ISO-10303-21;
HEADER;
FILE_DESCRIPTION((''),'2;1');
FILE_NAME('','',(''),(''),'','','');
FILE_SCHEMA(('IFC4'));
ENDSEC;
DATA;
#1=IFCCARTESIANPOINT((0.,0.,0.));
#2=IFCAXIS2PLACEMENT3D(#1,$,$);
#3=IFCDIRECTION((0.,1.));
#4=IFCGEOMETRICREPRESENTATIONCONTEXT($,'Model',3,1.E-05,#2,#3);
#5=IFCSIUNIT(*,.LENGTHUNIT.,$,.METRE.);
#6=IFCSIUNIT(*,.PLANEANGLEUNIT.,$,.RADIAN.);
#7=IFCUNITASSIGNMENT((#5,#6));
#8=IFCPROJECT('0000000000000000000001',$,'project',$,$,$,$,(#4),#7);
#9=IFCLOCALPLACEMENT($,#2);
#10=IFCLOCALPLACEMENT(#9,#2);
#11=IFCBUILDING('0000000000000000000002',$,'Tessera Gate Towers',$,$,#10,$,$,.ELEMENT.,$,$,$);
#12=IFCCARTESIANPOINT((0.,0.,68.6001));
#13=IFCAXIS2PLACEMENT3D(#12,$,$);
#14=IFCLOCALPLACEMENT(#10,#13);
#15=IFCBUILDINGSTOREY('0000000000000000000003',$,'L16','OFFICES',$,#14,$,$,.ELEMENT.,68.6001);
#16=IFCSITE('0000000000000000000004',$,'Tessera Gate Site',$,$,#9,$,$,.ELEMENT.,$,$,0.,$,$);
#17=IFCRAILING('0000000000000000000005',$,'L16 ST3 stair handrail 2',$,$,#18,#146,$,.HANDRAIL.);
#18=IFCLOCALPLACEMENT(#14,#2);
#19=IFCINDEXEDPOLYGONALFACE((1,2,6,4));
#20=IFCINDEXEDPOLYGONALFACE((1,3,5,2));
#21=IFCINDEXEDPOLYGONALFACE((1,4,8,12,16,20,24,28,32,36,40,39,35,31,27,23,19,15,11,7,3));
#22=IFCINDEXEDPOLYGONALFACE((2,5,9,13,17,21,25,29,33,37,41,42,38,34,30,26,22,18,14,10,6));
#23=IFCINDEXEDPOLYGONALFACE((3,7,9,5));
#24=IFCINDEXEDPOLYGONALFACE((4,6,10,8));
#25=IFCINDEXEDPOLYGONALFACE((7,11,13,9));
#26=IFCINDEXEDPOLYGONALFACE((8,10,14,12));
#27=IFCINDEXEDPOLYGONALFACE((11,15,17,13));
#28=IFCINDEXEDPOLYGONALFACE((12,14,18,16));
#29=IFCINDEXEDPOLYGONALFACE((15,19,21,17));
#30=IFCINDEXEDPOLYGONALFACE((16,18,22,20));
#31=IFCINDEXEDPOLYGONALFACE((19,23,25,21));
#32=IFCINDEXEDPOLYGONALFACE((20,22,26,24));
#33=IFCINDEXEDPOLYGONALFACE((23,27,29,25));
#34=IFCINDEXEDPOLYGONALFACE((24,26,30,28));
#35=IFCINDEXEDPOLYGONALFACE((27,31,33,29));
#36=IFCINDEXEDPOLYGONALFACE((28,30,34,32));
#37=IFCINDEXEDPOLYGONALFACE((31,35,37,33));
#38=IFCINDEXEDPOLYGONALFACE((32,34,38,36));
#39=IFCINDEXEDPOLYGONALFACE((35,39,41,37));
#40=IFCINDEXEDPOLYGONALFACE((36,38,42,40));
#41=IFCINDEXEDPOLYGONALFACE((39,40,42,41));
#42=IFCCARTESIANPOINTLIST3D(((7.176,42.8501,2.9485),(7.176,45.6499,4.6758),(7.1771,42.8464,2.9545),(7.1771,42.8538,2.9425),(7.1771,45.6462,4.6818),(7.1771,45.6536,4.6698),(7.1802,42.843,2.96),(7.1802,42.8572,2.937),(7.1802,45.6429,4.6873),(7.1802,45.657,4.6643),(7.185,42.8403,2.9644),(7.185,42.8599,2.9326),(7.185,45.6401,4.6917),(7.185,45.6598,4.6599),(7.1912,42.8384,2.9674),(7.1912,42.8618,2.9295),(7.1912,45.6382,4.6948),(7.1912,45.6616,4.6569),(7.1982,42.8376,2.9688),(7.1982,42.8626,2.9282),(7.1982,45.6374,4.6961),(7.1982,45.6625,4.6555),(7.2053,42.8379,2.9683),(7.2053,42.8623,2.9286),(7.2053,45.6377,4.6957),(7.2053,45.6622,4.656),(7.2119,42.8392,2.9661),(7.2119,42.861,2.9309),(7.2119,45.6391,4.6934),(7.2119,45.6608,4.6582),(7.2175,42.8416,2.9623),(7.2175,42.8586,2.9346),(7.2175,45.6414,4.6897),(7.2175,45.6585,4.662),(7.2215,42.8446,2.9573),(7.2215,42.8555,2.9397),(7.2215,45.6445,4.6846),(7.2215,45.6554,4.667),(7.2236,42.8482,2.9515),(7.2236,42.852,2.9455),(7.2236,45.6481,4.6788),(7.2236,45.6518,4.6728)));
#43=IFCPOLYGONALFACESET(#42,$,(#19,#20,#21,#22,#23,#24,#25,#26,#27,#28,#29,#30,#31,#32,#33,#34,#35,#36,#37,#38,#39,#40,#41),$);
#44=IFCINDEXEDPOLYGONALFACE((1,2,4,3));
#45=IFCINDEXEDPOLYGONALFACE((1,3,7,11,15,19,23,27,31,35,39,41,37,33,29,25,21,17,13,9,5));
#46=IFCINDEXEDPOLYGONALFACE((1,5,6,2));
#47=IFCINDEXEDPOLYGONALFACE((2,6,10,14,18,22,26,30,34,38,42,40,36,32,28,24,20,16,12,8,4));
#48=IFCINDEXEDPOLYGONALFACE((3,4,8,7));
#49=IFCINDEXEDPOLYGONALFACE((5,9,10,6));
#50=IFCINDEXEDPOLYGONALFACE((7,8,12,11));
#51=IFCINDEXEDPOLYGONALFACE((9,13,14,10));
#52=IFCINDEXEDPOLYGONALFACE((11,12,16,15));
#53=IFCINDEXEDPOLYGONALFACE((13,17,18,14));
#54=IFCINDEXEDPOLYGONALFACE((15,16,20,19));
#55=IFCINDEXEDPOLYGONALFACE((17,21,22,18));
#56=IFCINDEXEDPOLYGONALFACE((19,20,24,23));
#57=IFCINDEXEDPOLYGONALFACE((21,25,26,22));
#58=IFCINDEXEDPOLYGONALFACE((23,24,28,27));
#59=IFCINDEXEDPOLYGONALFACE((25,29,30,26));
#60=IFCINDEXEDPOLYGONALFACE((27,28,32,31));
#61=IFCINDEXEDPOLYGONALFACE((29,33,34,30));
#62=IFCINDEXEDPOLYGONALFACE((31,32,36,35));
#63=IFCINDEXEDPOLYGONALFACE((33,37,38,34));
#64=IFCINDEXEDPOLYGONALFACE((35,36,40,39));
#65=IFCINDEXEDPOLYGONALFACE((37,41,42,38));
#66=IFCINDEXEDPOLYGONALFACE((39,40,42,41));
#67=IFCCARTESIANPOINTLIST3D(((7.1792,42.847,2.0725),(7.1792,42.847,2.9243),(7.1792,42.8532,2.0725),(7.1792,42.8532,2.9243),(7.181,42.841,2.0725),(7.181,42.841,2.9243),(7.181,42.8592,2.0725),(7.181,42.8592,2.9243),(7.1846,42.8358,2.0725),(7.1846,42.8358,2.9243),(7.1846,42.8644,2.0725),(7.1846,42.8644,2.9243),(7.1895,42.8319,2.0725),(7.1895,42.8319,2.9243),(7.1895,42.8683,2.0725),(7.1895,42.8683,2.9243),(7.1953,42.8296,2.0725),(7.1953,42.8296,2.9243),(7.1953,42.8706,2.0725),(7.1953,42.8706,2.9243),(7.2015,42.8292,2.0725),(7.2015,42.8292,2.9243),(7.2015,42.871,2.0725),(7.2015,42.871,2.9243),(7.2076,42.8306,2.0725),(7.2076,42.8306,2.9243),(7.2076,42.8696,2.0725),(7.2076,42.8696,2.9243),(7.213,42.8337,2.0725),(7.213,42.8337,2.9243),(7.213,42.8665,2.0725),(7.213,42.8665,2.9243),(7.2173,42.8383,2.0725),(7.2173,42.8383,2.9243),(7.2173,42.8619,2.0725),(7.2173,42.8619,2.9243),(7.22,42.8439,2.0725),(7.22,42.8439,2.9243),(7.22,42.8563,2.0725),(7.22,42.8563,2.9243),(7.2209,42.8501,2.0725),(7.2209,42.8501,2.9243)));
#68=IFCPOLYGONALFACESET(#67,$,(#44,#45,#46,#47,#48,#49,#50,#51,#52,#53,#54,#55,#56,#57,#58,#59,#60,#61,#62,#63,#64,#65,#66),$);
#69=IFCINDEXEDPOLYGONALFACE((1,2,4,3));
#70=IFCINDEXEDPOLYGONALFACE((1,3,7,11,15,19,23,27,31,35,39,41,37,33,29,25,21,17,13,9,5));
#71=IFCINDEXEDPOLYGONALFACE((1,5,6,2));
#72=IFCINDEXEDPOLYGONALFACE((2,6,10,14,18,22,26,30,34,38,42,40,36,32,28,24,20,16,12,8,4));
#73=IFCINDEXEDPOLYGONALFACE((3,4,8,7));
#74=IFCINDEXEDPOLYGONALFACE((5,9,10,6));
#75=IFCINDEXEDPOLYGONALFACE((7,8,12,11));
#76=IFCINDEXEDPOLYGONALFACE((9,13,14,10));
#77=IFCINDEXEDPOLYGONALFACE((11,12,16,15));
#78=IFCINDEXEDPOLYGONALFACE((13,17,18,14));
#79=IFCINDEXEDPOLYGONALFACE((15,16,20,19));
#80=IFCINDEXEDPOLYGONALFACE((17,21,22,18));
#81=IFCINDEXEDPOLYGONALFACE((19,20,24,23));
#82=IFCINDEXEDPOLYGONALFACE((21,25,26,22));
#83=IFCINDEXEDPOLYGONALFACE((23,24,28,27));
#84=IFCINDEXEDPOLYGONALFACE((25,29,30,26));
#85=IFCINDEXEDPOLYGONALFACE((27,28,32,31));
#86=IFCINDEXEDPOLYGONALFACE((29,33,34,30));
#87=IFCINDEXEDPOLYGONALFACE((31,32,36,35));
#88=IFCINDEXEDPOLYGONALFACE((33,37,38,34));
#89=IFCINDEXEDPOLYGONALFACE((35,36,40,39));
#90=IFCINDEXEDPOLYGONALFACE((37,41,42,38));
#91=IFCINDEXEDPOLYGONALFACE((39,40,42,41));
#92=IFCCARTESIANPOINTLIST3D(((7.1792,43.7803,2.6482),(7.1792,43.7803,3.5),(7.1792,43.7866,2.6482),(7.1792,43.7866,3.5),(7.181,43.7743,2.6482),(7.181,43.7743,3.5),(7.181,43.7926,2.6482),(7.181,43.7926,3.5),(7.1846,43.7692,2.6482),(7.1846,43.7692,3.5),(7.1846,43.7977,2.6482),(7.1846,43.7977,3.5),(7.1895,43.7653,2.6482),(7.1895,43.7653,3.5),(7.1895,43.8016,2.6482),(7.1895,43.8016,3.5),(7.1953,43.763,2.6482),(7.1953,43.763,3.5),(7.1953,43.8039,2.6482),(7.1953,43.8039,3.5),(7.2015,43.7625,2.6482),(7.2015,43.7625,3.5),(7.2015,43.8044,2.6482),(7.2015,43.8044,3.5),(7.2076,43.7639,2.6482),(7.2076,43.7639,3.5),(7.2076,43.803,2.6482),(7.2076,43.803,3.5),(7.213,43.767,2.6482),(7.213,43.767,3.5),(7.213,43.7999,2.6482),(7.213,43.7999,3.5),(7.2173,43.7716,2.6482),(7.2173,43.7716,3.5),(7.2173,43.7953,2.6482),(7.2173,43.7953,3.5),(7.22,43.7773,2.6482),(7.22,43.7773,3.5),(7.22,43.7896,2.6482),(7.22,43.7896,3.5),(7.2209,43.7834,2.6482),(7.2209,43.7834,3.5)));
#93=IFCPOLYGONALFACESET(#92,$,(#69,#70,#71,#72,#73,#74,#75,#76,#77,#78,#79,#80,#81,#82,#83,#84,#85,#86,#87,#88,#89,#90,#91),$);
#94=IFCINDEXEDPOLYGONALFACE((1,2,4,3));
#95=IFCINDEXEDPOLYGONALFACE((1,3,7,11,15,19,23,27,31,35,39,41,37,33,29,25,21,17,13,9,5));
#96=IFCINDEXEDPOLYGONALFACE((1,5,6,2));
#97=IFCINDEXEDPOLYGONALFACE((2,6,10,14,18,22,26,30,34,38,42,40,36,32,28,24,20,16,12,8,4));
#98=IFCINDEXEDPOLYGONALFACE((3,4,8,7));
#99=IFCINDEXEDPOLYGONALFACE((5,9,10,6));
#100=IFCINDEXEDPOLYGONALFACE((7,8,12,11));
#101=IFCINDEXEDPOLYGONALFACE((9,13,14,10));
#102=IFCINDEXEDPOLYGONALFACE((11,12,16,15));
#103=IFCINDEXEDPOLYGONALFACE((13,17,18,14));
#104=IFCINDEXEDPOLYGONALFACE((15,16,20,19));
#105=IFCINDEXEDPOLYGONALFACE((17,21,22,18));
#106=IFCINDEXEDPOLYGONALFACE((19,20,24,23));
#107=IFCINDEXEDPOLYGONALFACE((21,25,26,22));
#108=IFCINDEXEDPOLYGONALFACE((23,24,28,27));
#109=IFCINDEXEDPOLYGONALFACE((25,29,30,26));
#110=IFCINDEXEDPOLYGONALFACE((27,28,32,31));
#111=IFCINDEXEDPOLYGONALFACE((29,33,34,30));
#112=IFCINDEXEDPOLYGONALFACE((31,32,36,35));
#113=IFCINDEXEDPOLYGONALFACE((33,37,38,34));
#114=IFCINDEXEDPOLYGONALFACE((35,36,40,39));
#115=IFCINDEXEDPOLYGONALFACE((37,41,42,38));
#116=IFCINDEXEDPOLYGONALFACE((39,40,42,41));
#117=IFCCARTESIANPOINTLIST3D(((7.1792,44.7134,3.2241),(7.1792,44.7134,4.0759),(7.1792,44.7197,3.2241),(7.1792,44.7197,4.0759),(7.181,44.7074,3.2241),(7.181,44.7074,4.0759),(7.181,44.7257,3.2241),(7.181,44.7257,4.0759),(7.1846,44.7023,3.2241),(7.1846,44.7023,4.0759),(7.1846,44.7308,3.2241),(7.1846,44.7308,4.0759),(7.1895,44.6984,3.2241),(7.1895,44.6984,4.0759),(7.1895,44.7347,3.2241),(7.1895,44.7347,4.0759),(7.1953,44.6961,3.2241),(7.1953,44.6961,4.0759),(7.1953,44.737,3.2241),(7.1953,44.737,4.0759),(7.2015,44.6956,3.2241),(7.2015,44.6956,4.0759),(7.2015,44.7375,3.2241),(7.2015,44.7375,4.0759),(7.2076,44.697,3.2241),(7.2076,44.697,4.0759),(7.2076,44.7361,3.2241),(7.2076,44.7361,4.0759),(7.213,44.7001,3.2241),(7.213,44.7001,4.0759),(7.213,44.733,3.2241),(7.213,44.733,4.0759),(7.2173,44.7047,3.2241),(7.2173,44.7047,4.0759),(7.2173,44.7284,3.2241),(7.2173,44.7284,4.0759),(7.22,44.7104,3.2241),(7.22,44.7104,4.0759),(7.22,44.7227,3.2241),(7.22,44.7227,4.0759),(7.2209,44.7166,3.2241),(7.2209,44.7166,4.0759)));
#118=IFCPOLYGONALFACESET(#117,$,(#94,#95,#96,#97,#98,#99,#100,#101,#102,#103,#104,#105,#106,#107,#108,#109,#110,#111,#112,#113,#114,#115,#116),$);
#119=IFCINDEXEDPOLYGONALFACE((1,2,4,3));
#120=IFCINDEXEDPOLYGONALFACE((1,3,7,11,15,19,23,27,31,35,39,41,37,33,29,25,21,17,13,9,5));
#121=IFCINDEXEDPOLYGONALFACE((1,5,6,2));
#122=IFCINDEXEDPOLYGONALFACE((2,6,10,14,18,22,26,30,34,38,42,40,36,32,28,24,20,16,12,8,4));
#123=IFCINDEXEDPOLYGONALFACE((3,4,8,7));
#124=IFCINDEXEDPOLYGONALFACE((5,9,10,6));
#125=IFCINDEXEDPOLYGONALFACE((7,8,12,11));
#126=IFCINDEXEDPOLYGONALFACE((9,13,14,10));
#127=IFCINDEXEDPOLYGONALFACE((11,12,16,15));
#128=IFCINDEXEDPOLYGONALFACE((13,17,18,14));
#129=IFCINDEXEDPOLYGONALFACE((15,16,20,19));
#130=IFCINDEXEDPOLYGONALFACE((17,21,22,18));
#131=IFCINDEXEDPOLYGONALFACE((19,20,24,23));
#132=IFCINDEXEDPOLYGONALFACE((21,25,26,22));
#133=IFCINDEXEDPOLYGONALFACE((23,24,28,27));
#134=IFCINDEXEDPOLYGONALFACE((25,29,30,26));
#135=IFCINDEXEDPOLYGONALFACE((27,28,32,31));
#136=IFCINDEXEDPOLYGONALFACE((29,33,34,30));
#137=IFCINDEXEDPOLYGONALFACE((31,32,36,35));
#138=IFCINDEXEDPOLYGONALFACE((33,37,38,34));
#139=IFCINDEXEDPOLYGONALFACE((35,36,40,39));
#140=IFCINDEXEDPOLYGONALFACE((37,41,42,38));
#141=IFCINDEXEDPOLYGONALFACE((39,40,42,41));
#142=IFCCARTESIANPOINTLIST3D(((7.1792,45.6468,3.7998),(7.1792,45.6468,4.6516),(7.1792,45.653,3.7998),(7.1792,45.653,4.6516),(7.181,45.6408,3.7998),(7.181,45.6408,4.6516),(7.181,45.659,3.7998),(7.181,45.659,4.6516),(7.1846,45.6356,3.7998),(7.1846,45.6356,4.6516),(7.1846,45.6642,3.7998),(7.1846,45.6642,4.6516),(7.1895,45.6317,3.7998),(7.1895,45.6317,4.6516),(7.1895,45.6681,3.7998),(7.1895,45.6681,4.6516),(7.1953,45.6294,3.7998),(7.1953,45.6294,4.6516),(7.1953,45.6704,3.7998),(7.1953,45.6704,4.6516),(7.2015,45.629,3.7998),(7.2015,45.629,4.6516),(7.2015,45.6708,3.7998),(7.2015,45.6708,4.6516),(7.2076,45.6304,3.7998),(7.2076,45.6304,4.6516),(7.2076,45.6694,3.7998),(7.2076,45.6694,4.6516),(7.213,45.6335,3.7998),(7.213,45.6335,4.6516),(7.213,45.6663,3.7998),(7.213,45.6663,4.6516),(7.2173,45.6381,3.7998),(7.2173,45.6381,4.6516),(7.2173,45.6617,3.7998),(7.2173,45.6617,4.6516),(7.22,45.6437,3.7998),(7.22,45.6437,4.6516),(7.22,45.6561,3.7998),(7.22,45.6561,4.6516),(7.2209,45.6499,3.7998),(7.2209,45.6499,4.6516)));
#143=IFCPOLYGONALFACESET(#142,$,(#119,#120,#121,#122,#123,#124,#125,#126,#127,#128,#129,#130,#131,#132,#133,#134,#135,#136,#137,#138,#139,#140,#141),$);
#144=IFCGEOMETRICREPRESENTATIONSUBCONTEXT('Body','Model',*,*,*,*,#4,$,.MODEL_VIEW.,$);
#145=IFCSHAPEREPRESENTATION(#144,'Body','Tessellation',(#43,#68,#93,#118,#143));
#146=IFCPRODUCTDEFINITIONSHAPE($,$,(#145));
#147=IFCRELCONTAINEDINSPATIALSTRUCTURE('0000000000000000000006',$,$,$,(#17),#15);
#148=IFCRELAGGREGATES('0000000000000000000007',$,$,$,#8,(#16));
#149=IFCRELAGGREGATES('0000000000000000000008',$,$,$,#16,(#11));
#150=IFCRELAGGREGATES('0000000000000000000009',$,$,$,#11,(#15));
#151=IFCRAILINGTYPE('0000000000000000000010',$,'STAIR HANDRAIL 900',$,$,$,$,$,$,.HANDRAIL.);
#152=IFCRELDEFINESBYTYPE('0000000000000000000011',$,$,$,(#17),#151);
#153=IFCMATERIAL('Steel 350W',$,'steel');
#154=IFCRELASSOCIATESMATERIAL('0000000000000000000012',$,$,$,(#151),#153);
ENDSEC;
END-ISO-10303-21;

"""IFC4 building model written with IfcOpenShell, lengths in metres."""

from ifc_helpers import new_model, si_unit, direction, frame, origin, origin_2d, place, context, subcontext, project, spatial, circle, extrude, material, type_object, element, save


model = new_model("IFC4")

# Units and contexts
model_context = context("Model", 3, precision=1e-05, world=origin(), true_north=direction((0.0, 1.0)))
body_context = subcontext(model_context, "Body", "Model", "MODEL_VIEW")
ifc_project = project(units=[si_unit("LENGTHUNIT", "METRE"), si_unit("PLANEANGLEUNIT", "RADIAN")], contexts=[model_context])

# Site, building, storey
site_placement = place(None, origin())
site = spatial("IfcSite", under=ifc_project, at=site_placement, Name="Tessera Gate Site", CompositionType="ELEMENT", RefElevation=0.0)
building_placement = place(site_placement, origin())
building = spatial("IfcBuilding", under=site, at=building_placement, Name="Tessera Gate Towers", CompositionType="ELEMENT")
storey_placement = place(building_placement, frame((0.0, 0.0, 68.6001)))
storey = spatial("IfcBuildingStorey", under=building, at=storey_placement, Name="L16", Description="OFFICES", CompositionType="ELEMENT", Elevation=68.6001)

# Railing
ifc_material_1 = material(Name="Steel 350W", Category="steel")
railing_type_1 = type_object("IfcRailingType", Name="STAIR HANDRAIL 900", PredefinedType="HANDRAIL", material=ifc_material_1)
railing_1_placement = place(storey_placement, frame((7.2, 42.8501, 2.0725)))
element("IfcRailing", 1, at=railing_1_placement, inside=storey, type_object=railing_type_1, Name="L16 ST3 stair handrail 2", PredefinedType="HANDRAIL", context=body_context, shape_type="SweptSolid", body=[
    extrude(circle(Radius=0.0239, at=origin_2d()), frame((0.0, 0.0, 0.876), z_axis=(0.0, 0.851069, 0.525054), x_axis=(-1.0, 0.0, 0.0)), (0.0, 0.0, 1.0), 3.2898),
    extrude(circle(Radius=0.021, at=origin_2d()), origin(), (0.0, 0.0, 1.0), 0.8518),
    extrude(circle(Radius=0.021, at=origin_2d()), frame((0.0, 0.9333, 0.5757)), (0.0, 0.0, 1.0), 0.8518),
    extrude(circle(Radius=0.021, at=origin_2d()), frame((0.0, 1.8665, 1.1516)), (0.0, 0.0, 1.0), 0.8518),
    extrude(circle(Radius=0.021, at=origin_2d()), frame((0.0, 2.7998, 1.7273)), (0.0, 0.0, 1.0), 0.8518),
])

save(model, "model.ifc")
